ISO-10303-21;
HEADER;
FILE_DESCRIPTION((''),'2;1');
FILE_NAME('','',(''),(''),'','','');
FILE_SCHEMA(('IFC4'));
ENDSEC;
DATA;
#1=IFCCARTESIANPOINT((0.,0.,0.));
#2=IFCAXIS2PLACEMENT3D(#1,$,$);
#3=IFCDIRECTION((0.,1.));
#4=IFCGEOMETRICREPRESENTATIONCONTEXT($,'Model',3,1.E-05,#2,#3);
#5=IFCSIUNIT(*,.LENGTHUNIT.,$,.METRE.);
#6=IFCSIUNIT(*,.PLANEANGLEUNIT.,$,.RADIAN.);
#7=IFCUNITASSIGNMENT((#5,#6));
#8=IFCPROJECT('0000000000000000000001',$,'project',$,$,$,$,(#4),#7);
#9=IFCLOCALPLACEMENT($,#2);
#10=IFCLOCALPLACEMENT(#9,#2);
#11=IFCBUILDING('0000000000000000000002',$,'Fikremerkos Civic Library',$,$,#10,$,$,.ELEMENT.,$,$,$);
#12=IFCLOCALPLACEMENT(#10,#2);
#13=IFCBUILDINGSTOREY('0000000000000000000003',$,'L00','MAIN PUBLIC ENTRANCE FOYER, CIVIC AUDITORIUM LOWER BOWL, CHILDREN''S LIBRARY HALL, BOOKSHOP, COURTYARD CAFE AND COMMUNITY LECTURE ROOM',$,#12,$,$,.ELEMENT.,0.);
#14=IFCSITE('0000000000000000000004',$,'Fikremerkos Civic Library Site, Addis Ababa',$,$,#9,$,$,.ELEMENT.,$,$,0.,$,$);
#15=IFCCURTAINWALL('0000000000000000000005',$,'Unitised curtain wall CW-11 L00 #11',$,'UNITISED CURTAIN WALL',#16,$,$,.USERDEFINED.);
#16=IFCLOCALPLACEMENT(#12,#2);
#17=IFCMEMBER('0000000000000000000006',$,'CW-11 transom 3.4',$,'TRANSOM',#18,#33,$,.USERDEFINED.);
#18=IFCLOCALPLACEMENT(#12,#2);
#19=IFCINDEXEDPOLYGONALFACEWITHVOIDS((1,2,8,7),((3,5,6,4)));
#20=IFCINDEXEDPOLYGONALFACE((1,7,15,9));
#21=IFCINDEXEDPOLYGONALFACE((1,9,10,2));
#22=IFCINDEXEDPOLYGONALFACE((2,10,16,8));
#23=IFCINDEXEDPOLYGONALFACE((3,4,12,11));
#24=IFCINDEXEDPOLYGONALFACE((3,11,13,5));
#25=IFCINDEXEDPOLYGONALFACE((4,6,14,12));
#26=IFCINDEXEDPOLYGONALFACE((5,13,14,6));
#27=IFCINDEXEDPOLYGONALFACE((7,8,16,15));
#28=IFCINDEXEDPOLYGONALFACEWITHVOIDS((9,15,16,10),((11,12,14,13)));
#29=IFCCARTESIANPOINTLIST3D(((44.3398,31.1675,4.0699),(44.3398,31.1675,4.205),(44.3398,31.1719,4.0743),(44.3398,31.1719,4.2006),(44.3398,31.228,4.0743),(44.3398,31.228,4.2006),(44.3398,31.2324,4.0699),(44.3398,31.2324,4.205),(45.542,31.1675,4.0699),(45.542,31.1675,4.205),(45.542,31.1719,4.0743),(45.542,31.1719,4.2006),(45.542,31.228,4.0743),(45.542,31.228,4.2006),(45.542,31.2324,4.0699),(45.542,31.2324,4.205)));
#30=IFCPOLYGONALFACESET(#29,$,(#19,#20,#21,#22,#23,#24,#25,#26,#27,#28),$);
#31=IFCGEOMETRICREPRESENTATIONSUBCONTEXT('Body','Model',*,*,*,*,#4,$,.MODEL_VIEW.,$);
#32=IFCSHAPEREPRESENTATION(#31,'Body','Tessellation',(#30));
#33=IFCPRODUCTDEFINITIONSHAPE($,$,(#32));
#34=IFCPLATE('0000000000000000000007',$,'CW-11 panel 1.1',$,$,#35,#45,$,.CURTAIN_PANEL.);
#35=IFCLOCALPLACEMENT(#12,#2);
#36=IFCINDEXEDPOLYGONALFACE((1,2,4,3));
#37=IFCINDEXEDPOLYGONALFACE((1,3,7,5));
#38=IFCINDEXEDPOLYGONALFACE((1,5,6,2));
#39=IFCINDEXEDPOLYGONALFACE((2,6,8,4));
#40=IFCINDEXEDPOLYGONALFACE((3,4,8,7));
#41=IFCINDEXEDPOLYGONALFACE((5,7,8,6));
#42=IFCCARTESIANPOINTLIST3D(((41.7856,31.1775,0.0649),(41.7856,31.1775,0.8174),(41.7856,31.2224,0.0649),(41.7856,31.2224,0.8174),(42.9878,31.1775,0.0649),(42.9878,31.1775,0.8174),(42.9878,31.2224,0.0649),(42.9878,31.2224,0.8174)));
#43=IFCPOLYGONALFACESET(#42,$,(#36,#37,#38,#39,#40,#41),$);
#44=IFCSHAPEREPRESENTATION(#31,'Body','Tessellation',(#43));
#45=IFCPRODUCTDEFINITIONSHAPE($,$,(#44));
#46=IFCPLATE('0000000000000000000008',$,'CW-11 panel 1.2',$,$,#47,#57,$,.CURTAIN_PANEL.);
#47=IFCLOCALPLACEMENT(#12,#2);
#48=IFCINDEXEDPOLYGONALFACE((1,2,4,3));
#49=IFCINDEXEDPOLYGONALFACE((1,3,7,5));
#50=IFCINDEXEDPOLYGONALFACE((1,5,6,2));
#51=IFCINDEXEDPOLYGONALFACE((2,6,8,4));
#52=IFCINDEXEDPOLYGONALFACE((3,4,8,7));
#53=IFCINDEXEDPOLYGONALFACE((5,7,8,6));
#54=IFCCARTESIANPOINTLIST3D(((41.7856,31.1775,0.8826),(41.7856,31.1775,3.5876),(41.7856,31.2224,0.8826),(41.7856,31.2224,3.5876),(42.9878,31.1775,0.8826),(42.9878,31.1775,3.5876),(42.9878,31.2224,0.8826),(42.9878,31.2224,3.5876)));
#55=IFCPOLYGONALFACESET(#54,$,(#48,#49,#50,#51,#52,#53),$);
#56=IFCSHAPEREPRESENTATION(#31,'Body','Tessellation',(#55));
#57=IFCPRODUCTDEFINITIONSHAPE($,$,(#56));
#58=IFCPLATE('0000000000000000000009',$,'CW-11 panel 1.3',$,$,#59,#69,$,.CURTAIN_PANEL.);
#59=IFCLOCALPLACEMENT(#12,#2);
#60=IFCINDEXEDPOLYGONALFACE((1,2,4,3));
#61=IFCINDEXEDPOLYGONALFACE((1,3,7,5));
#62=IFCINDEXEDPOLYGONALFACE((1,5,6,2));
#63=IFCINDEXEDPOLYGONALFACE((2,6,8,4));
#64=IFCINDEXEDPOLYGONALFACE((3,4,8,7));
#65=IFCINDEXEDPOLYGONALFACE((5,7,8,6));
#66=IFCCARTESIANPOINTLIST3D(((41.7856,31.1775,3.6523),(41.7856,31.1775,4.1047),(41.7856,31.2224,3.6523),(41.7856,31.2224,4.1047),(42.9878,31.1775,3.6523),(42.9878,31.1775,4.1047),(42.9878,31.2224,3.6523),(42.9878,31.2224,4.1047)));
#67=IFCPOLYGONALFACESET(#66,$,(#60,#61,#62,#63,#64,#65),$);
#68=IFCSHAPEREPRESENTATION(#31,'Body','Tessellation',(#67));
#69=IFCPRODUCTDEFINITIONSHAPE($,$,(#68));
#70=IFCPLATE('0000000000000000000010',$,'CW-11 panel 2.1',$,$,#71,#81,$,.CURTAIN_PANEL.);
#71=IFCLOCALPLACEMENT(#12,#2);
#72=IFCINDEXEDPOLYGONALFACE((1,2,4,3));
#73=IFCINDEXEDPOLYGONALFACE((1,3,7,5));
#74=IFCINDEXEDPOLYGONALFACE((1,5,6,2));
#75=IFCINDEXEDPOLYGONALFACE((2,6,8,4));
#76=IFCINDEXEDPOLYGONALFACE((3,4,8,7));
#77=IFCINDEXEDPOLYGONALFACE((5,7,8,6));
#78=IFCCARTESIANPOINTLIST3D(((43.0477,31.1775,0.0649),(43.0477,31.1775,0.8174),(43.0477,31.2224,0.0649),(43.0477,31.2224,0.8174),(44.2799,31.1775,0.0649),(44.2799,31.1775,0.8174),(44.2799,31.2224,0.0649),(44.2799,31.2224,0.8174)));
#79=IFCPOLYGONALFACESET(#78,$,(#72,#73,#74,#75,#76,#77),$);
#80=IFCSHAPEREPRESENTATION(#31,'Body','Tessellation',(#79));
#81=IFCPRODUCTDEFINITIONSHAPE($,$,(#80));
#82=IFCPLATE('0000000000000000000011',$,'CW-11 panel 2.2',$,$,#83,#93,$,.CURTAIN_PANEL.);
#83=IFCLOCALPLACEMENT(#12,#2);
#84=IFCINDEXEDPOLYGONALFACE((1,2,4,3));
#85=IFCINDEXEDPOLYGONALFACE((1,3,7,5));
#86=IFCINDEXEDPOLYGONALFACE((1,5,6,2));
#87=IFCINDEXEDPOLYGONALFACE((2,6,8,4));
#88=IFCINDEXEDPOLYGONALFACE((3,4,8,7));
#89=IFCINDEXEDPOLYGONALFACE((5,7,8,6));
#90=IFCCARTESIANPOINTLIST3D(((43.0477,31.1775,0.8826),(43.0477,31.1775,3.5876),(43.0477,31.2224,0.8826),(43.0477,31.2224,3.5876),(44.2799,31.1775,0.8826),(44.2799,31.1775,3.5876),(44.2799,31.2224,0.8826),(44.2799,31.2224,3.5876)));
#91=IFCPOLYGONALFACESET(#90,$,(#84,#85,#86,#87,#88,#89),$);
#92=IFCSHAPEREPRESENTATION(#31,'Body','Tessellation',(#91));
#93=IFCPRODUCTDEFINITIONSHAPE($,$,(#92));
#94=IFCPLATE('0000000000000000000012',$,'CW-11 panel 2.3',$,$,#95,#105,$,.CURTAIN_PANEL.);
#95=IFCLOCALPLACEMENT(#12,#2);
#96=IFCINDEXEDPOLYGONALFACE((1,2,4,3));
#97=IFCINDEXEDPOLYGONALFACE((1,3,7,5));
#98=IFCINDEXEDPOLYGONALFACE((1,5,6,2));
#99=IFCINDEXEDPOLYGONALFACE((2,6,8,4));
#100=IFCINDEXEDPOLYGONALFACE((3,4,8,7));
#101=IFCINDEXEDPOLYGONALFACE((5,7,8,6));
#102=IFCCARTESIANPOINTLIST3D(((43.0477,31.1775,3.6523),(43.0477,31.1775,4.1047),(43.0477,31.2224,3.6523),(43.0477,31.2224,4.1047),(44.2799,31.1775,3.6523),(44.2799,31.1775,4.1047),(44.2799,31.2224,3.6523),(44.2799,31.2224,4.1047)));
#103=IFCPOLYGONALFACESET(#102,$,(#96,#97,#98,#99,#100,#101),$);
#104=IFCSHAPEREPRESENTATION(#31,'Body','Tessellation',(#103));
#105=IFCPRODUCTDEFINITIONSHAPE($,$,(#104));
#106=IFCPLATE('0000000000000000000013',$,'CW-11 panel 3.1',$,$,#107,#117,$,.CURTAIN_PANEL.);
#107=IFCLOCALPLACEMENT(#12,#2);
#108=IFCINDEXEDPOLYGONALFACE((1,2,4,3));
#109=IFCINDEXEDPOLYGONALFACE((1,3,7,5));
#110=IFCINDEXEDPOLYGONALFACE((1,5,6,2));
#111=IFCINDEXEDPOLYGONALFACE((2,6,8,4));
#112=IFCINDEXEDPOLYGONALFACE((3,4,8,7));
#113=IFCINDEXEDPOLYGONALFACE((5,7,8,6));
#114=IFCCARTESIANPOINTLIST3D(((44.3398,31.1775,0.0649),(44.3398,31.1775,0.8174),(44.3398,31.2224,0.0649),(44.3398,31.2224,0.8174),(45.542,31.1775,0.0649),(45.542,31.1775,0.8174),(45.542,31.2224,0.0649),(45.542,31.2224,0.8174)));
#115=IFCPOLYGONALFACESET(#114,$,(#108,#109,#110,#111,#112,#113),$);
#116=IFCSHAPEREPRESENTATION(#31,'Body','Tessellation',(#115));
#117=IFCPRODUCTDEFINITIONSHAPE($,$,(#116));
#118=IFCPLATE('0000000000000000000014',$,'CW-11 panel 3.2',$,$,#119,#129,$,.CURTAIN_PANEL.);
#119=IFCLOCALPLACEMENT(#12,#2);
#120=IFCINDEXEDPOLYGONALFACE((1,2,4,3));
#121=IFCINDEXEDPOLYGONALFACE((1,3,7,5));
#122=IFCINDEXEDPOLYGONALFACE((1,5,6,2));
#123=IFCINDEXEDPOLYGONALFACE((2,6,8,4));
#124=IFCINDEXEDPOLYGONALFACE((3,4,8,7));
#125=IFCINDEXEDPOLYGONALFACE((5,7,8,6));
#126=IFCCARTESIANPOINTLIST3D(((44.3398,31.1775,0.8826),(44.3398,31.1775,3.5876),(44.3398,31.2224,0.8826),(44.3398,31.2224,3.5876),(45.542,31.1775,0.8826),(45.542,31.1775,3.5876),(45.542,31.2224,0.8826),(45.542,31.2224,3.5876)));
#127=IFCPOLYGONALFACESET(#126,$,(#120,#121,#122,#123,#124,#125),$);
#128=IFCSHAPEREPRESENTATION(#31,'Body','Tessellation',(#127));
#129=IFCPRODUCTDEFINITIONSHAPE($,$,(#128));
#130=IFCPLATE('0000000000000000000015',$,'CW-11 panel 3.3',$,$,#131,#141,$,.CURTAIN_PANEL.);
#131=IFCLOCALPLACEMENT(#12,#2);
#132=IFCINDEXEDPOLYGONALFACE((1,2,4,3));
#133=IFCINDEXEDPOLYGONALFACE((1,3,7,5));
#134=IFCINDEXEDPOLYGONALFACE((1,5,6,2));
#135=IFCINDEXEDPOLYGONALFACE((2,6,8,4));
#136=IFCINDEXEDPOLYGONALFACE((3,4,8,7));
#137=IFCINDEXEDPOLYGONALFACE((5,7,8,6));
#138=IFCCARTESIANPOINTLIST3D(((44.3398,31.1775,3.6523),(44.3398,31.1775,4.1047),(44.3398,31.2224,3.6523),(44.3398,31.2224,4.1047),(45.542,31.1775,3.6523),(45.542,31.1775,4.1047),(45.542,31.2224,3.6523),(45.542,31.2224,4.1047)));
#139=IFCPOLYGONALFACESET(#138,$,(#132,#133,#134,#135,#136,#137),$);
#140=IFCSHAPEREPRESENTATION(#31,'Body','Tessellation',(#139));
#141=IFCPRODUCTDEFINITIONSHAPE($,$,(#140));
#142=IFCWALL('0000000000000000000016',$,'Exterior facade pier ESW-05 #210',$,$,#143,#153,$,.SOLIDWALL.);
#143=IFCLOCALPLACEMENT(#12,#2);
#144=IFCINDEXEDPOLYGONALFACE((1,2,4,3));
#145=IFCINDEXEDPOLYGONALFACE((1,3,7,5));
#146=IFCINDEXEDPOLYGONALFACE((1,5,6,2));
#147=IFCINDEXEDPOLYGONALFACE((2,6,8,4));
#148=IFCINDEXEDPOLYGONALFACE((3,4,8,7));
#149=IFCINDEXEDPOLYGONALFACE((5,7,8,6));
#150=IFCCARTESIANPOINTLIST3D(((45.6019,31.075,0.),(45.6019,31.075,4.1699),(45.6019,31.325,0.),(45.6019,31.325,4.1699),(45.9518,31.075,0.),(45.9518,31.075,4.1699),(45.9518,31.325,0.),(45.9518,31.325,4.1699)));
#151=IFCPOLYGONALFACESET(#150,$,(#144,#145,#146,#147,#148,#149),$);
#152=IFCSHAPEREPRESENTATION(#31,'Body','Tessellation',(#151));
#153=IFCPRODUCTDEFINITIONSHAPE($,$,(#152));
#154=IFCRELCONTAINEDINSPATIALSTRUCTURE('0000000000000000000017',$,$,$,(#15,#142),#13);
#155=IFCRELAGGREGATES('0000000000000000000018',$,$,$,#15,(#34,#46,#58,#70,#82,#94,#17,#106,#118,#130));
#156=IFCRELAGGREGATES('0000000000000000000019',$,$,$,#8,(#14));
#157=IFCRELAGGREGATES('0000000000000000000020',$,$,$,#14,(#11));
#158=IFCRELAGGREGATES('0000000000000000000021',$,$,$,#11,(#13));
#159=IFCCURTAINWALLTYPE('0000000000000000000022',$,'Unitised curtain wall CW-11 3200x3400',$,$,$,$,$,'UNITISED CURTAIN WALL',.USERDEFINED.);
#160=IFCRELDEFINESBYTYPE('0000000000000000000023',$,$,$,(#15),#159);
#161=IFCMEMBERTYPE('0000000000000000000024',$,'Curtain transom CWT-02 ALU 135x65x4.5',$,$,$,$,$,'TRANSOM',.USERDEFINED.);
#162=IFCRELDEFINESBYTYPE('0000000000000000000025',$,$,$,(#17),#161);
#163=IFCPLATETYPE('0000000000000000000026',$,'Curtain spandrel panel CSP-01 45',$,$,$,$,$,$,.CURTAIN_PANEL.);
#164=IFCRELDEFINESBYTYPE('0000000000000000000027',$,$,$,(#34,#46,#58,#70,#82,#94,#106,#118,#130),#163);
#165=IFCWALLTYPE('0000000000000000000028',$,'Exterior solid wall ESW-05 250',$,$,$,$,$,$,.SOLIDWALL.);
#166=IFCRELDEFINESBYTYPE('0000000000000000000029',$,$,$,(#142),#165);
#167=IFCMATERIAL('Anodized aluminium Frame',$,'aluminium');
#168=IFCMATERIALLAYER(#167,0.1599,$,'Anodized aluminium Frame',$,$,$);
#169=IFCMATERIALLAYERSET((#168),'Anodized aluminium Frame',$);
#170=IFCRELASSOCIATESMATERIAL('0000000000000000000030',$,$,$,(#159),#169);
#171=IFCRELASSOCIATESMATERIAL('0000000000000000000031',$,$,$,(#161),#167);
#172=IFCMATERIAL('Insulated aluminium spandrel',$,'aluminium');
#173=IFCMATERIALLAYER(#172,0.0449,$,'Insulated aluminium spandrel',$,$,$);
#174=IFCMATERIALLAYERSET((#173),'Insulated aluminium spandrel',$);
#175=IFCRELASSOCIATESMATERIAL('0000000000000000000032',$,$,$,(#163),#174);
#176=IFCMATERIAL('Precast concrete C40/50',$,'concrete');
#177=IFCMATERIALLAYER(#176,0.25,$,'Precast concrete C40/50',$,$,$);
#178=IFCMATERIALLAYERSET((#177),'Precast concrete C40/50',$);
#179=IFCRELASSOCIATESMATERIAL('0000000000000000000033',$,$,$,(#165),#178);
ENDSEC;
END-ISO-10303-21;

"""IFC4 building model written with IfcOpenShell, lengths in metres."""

from ifc_helpers import new_model, si_unit, direction, frame, frame_2d, origin, origin_2d, place, context, subcontext, project, spatial, rectangle, hollow_rectangle, extrude, material, layer, layer_set, material_profile, profile_set, type_object, element, aggregate, save


model = new_model("IFC4")

# Units and contexts
model_context = context("Model", 3, precision=1e-05, world=origin(), true_north=direction((0.0, 1.0)))
body_context = subcontext(model_context, "Body", "Model", "MODEL_VIEW")
ifc_project = project(units=[si_unit("LENGTHUNIT", "METRE"), si_unit("PLANEANGLEUNIT", "RADIAN")], contexts=[model_context])

# Site, building, storey
site_placement = place(None, origin())
site = spatial("IfcSite", under=ifc_project, at=site_placement, Name="Fikremerkos Civic Library Site, Addis Ababa", CompositionType="ELEMENT", RefElevation=0.0)
building_placement = place(site_placement, origin())
building = spatial("IfcBuilding", under=site, at=building_placement, Name="Fikremerkos Civic Library", CompositionType="ELEMENT")
storey_placement = place(building_placement, origin())
storey = spatial("IfcBuildingStorey", under=building, at=storey_placement, Name="L00", Description="MAIN PUBLIC ENTRANCE FOYER, CIVIC AUDITORIUM LOWER BOWL, CHILDREN'S LIBRARY HALL, BOOKSHOP, COURTYARD CAFE AND COMMUNITY LECTURE ROOM", CompositionType="ELEMENT", Elevation=0.0)

# Curtain wall, member, plates
ifc_material_1 = material(Name="Anodized aluminium Frame", Category="aluminium")
ifc_layer_1 = layer(ifc_material_1, 0.1599, Name="Anodized aluminium Frame")
ifc_layer_set_1 = layer_set([ifc_layer_1], Name="Anodized aluminium Frame")
curtain_wall_type = type_object("IfcCurtainWallType", Name="Unitised curtain wall CW-11 3200x3400", ElementType="UNITISED CURTAIN WALL", PredefinedType="USERDEFINED", material=ifc_layer_set_1)
curtain_wall_placement = place(storey_placement, origin())
curtain_wall = element("IfcCurtainWall", 1, at=curtain_wall_placement, inside=storey, type_object=curtain_wall_type, Name="Unitised curtain wall CW-11 L00 #11", ObjectType="UNITISED CURTAIN WALL", PredefinedType="USERDEFINED")
ifc_material_profile_1 = material_profile(ifc_material_1, hollow_rectangle(XDim=0.0649, YDim=0.135, WallThickness=0.0044, at=origin_2d()), Name="ALU 135x65x4.5")
ifc_profile_set_1 = profile_set([ifc_material_profile_1], Name="Anodized aluminium Frame")
member_type_1 = type_object("IfcMemberType", Name="Curtain transom CWT-02 ALU 135x65x4.5", ElementType="TRANSOM", PredefinedType="USERDEFINED", material=ifc_profile_set_1)
member_1_placement = place(storey_placement, frame((44.3398, 31.2, 4.1375), z_axis=(1.0, 0.0, 0.0), x_axis=(0.0, 1.0, 0.0)))
member_1 = element("IfcMember", 2, at=member_1_placement, type_object=member_type_1, Name="CW-11 transom 3.4", ObjectType="TRANSOM", PredefinedType="USERDEFINED", context=body_context, shape_type="SweptSolid", body=[
    extrude(hollow_rectangle(XDim=0.0649, YDim=0.135, WallThickness=0.0044, at=origin_2d()), origin(), (0.0, 0.0, 1.0), 1.2021),
])
ifc_material_2 = material(Name="Insulated aluminium spandrel", Category="aluminium")
ifc_layer_2 = layer(ifc_material_2, 0.0449, Name="Insulated aluminium spandrel")
ifc_layer_set_2 = layer_set([ifc_layer_2], Name="Insulated aluminium spandrel")
plate_type = type_object("IfcPlateType", Name="Curtain spandrel panel CSP-01 45", PredefinedType="CURTAIN_PANEL", material=ifc_layer_set_2)
plate_1_placement = place(storey_placement, frame((42.3867, 31.2, 0.0649), z_axis=(0.0, 0.0, 1.0), x_axis=(1.0, 0.0, 0.0)))
plate_1 = element("IfcPlate", 3, at=plate_1_placement, type_object=plate_type, Name="CW-11 panel 1.1", PredefinedType="CURTAIN_PANEL", context=body_context, shape_type="SweptSolid", body=[
    extrude(rectangle(XDim=1.2021, YDim=0.0449, at=origin_2d()), origin(), (0.0, 0.0, 1.0), 0.7524),
])
plate_2_placement = place(storey_placement, frame((42.3867, 31.2, 0.8826), z_axis=(0.0, 0.0, 1.0), x_axis=(1.0, 0.0, 0.0)))
plate_2 = element("IfcPlate", 4, at=plate_2_placement, type_object=plate_type, Name="CW-11 panel 1.2", PredefinedType="CURTAIN_PANEL", context=body_context, shape_type="SweptSolid", body=[
    extrude(rectangle(XDim=1.2021, YDim=0.0449, at=origin_2d()), origin(), (0.0, 0.0, 1.0), 2.7051),
])
plate_3_placement = place(storey_placement, frame((42.3867, 31.2, 3.6523), z_axis=(0.0, 0.0, 1.0), x_axis=(1.0, 0.0, 0.0)))
plate_3 = element("IfcPlate", 5, at=plate_3_placement, type_object=plate_type, Name="CW-11 panel 1.3", PredefinedType="CURTAIN_PANEL", context=body_context, shape_type="SweptSolid", body=[
    extrude(rectangle(XDim=1.2021, YDim=0.0449, at=origin_2d()), origin(), (0.0, 0.0, 1.0), 0.4524),
])
plate_4_placement = place(storey_placement, frame((43.6638, 31.2, 0.0649), z_axis=(0.0, 0.0, 1.0), x_axis=(1.0, 0.0, 0.0)))
plate_4 = element("IfcPlate", 6, at=plate_4_placement, type_object=plate_type, Name="CW-11 panel 2.1", PredefinedType="CURTAIN_PANEL", context=body_context, shape_type="SweptSolid", body=[
    extrude(rectangle(XDim=1.2322, YDim=0.0449, at=origin_2d()), origin(), (0.0, 0.0, 1.0), 0.7524),
])
plate_5_placement = place(storey_placement, frame((43.6638, 31.2, 0.8826), z_axis=(0.0, 0.0, 1.0), x_axis=(1.0, 0.0, 0.0)))
plate_5 = element("IfcPlate", 7, at=plate_5_placement, type_object=plate_type, Name="CW-11 panel 2.2", PredefinedType="CURTAIN_PANEL", context=body_context, shape_type="SweptSolid", body=[
    extrude(rectangle(XDim=1.2322, YDim=0.0449, at=origin_2d()), origin(), (0.0, 0.0, 1.0), 2.7051),
])
plate_6_placement = place(storey_placement, frame((43.6638, 31.2, 3.6523), z_axis=(0.0, 0.0, 1.0), x_axis=(1.0, 0.0, 0.0)))
plate_6 = element("IfcPlate", 8, at=plate_6_placement, type_object=plate_type, Name="CW-11 panel 2.3", PredefinedType="CURTAIN_PANEL", context=body_context, shape_type="SweptSolid", body=[
    extrude(rectangle(XDim=1.2322, YDim=0.0449, at=origin_2d()), origin(), (0.0, 0.0, 1.0), 0.4524),
])
plate_7_placement = place(storey_placement, frame((44.9409, 31.2, 0.0649), z_axis=(0.0, 0.0, 1.0), x_axis=(1.0, 0.0, 0.0)))
plate_7 = element("IfcPlate", 9, at=plate_7_placement, type_object=plate_type, Name="CW-11 panel 3.1", PredefinedType="CURTAIN_PANEL", context=body_context, shape_type="SweptSolid", body=[
    extrude(rectangle(XDim=1.2021, YDim=0.0449, at=origin_2d()), origin(), (0.0, 0.0, 1.0), 0.7524),
])
plate_8_placement = place(storey_placement, frame((44.9409, 31.2, 0.8826), z_axis=(0.0, 0.0, 1.0), x_axis=(1.0, 0.0, 0.0)))
plate_8 = element("IfcPlate", 10, at=plate_8_placement, type_object=plate_type, Name="CW-11 panel 3.2", PredefinedType="CURTAIN_PANEL", context=body_context, shape_type="SweptSolid", body=[
    extrude(rectangle(XDim=1.2021, YDim=0.0449, at=origin_2d()), origin(), (0.0, 0.0, 1.0), 2.7051),
])
plate_9_placement = place(storey_placement, frame((44.9409, 31.2, 3.6523), z_axis=(0.0, 0.0, 1.0), x_axis=(1.0, 0.0, 0.0)))
plate_9 = element("IfcPlate", 11, at=plate_9_placement, type_object=plate_type, Name="CW-11 panel 3.3", PredefinedType="CURTAIN_PANEL", context=body_context, shape_type="SweptSolid", body=[
    extrude(rectangle(XDim=1.2021, YDim=0.0449, at=origin_2d()), origin(), (0.0, 0.0, 1.0), 0.4524),
])
aggregate(curtain_wall, [plate_1, plate_2, plate_3, plate_4, plate_5, plate_6, member_1, plate_7, plate_8, plate_9])

# Wall
ifc_material_3 = material(Name="Precast concrete C40/50", Category="concrete")
ifc_layer_3 = layer(ifc_material_3, 0.25, Name="Precast concrete C40/50")
ifc_layer_set_3 = layer_set([ifc_layer_3], Name="Precast concrete C40/50")
wall_type = type_object("IfcWallType", Name="Exterior solid wall ESW-05 250", PredefinedType="SOLIDWALL", material=ifc_layer_set_3)
wall_placement = place(storey_placement, frame((45.6021, 31.2, 0.0), z_axis=(0.0, 0.0, 1.0), x_axis=(1.0, 0.0, 0.0)))
element("IfcWall", 12, at=wall_placement, inside=storey, type_object=wall_type, Name="Exterior facade pier ESW-05 #210", PredefinedType="SOLIDWALL", context=body_context, shape_type="SweptSolid", body=[
    extrude(rectangle(XDim=0.3499, YDim=0.25, at=frame_2d((0.1748, 0.0))), origin(), (0.0, 0.0, 1.0), 4.1699),
])

save(model, "model.ifc")
